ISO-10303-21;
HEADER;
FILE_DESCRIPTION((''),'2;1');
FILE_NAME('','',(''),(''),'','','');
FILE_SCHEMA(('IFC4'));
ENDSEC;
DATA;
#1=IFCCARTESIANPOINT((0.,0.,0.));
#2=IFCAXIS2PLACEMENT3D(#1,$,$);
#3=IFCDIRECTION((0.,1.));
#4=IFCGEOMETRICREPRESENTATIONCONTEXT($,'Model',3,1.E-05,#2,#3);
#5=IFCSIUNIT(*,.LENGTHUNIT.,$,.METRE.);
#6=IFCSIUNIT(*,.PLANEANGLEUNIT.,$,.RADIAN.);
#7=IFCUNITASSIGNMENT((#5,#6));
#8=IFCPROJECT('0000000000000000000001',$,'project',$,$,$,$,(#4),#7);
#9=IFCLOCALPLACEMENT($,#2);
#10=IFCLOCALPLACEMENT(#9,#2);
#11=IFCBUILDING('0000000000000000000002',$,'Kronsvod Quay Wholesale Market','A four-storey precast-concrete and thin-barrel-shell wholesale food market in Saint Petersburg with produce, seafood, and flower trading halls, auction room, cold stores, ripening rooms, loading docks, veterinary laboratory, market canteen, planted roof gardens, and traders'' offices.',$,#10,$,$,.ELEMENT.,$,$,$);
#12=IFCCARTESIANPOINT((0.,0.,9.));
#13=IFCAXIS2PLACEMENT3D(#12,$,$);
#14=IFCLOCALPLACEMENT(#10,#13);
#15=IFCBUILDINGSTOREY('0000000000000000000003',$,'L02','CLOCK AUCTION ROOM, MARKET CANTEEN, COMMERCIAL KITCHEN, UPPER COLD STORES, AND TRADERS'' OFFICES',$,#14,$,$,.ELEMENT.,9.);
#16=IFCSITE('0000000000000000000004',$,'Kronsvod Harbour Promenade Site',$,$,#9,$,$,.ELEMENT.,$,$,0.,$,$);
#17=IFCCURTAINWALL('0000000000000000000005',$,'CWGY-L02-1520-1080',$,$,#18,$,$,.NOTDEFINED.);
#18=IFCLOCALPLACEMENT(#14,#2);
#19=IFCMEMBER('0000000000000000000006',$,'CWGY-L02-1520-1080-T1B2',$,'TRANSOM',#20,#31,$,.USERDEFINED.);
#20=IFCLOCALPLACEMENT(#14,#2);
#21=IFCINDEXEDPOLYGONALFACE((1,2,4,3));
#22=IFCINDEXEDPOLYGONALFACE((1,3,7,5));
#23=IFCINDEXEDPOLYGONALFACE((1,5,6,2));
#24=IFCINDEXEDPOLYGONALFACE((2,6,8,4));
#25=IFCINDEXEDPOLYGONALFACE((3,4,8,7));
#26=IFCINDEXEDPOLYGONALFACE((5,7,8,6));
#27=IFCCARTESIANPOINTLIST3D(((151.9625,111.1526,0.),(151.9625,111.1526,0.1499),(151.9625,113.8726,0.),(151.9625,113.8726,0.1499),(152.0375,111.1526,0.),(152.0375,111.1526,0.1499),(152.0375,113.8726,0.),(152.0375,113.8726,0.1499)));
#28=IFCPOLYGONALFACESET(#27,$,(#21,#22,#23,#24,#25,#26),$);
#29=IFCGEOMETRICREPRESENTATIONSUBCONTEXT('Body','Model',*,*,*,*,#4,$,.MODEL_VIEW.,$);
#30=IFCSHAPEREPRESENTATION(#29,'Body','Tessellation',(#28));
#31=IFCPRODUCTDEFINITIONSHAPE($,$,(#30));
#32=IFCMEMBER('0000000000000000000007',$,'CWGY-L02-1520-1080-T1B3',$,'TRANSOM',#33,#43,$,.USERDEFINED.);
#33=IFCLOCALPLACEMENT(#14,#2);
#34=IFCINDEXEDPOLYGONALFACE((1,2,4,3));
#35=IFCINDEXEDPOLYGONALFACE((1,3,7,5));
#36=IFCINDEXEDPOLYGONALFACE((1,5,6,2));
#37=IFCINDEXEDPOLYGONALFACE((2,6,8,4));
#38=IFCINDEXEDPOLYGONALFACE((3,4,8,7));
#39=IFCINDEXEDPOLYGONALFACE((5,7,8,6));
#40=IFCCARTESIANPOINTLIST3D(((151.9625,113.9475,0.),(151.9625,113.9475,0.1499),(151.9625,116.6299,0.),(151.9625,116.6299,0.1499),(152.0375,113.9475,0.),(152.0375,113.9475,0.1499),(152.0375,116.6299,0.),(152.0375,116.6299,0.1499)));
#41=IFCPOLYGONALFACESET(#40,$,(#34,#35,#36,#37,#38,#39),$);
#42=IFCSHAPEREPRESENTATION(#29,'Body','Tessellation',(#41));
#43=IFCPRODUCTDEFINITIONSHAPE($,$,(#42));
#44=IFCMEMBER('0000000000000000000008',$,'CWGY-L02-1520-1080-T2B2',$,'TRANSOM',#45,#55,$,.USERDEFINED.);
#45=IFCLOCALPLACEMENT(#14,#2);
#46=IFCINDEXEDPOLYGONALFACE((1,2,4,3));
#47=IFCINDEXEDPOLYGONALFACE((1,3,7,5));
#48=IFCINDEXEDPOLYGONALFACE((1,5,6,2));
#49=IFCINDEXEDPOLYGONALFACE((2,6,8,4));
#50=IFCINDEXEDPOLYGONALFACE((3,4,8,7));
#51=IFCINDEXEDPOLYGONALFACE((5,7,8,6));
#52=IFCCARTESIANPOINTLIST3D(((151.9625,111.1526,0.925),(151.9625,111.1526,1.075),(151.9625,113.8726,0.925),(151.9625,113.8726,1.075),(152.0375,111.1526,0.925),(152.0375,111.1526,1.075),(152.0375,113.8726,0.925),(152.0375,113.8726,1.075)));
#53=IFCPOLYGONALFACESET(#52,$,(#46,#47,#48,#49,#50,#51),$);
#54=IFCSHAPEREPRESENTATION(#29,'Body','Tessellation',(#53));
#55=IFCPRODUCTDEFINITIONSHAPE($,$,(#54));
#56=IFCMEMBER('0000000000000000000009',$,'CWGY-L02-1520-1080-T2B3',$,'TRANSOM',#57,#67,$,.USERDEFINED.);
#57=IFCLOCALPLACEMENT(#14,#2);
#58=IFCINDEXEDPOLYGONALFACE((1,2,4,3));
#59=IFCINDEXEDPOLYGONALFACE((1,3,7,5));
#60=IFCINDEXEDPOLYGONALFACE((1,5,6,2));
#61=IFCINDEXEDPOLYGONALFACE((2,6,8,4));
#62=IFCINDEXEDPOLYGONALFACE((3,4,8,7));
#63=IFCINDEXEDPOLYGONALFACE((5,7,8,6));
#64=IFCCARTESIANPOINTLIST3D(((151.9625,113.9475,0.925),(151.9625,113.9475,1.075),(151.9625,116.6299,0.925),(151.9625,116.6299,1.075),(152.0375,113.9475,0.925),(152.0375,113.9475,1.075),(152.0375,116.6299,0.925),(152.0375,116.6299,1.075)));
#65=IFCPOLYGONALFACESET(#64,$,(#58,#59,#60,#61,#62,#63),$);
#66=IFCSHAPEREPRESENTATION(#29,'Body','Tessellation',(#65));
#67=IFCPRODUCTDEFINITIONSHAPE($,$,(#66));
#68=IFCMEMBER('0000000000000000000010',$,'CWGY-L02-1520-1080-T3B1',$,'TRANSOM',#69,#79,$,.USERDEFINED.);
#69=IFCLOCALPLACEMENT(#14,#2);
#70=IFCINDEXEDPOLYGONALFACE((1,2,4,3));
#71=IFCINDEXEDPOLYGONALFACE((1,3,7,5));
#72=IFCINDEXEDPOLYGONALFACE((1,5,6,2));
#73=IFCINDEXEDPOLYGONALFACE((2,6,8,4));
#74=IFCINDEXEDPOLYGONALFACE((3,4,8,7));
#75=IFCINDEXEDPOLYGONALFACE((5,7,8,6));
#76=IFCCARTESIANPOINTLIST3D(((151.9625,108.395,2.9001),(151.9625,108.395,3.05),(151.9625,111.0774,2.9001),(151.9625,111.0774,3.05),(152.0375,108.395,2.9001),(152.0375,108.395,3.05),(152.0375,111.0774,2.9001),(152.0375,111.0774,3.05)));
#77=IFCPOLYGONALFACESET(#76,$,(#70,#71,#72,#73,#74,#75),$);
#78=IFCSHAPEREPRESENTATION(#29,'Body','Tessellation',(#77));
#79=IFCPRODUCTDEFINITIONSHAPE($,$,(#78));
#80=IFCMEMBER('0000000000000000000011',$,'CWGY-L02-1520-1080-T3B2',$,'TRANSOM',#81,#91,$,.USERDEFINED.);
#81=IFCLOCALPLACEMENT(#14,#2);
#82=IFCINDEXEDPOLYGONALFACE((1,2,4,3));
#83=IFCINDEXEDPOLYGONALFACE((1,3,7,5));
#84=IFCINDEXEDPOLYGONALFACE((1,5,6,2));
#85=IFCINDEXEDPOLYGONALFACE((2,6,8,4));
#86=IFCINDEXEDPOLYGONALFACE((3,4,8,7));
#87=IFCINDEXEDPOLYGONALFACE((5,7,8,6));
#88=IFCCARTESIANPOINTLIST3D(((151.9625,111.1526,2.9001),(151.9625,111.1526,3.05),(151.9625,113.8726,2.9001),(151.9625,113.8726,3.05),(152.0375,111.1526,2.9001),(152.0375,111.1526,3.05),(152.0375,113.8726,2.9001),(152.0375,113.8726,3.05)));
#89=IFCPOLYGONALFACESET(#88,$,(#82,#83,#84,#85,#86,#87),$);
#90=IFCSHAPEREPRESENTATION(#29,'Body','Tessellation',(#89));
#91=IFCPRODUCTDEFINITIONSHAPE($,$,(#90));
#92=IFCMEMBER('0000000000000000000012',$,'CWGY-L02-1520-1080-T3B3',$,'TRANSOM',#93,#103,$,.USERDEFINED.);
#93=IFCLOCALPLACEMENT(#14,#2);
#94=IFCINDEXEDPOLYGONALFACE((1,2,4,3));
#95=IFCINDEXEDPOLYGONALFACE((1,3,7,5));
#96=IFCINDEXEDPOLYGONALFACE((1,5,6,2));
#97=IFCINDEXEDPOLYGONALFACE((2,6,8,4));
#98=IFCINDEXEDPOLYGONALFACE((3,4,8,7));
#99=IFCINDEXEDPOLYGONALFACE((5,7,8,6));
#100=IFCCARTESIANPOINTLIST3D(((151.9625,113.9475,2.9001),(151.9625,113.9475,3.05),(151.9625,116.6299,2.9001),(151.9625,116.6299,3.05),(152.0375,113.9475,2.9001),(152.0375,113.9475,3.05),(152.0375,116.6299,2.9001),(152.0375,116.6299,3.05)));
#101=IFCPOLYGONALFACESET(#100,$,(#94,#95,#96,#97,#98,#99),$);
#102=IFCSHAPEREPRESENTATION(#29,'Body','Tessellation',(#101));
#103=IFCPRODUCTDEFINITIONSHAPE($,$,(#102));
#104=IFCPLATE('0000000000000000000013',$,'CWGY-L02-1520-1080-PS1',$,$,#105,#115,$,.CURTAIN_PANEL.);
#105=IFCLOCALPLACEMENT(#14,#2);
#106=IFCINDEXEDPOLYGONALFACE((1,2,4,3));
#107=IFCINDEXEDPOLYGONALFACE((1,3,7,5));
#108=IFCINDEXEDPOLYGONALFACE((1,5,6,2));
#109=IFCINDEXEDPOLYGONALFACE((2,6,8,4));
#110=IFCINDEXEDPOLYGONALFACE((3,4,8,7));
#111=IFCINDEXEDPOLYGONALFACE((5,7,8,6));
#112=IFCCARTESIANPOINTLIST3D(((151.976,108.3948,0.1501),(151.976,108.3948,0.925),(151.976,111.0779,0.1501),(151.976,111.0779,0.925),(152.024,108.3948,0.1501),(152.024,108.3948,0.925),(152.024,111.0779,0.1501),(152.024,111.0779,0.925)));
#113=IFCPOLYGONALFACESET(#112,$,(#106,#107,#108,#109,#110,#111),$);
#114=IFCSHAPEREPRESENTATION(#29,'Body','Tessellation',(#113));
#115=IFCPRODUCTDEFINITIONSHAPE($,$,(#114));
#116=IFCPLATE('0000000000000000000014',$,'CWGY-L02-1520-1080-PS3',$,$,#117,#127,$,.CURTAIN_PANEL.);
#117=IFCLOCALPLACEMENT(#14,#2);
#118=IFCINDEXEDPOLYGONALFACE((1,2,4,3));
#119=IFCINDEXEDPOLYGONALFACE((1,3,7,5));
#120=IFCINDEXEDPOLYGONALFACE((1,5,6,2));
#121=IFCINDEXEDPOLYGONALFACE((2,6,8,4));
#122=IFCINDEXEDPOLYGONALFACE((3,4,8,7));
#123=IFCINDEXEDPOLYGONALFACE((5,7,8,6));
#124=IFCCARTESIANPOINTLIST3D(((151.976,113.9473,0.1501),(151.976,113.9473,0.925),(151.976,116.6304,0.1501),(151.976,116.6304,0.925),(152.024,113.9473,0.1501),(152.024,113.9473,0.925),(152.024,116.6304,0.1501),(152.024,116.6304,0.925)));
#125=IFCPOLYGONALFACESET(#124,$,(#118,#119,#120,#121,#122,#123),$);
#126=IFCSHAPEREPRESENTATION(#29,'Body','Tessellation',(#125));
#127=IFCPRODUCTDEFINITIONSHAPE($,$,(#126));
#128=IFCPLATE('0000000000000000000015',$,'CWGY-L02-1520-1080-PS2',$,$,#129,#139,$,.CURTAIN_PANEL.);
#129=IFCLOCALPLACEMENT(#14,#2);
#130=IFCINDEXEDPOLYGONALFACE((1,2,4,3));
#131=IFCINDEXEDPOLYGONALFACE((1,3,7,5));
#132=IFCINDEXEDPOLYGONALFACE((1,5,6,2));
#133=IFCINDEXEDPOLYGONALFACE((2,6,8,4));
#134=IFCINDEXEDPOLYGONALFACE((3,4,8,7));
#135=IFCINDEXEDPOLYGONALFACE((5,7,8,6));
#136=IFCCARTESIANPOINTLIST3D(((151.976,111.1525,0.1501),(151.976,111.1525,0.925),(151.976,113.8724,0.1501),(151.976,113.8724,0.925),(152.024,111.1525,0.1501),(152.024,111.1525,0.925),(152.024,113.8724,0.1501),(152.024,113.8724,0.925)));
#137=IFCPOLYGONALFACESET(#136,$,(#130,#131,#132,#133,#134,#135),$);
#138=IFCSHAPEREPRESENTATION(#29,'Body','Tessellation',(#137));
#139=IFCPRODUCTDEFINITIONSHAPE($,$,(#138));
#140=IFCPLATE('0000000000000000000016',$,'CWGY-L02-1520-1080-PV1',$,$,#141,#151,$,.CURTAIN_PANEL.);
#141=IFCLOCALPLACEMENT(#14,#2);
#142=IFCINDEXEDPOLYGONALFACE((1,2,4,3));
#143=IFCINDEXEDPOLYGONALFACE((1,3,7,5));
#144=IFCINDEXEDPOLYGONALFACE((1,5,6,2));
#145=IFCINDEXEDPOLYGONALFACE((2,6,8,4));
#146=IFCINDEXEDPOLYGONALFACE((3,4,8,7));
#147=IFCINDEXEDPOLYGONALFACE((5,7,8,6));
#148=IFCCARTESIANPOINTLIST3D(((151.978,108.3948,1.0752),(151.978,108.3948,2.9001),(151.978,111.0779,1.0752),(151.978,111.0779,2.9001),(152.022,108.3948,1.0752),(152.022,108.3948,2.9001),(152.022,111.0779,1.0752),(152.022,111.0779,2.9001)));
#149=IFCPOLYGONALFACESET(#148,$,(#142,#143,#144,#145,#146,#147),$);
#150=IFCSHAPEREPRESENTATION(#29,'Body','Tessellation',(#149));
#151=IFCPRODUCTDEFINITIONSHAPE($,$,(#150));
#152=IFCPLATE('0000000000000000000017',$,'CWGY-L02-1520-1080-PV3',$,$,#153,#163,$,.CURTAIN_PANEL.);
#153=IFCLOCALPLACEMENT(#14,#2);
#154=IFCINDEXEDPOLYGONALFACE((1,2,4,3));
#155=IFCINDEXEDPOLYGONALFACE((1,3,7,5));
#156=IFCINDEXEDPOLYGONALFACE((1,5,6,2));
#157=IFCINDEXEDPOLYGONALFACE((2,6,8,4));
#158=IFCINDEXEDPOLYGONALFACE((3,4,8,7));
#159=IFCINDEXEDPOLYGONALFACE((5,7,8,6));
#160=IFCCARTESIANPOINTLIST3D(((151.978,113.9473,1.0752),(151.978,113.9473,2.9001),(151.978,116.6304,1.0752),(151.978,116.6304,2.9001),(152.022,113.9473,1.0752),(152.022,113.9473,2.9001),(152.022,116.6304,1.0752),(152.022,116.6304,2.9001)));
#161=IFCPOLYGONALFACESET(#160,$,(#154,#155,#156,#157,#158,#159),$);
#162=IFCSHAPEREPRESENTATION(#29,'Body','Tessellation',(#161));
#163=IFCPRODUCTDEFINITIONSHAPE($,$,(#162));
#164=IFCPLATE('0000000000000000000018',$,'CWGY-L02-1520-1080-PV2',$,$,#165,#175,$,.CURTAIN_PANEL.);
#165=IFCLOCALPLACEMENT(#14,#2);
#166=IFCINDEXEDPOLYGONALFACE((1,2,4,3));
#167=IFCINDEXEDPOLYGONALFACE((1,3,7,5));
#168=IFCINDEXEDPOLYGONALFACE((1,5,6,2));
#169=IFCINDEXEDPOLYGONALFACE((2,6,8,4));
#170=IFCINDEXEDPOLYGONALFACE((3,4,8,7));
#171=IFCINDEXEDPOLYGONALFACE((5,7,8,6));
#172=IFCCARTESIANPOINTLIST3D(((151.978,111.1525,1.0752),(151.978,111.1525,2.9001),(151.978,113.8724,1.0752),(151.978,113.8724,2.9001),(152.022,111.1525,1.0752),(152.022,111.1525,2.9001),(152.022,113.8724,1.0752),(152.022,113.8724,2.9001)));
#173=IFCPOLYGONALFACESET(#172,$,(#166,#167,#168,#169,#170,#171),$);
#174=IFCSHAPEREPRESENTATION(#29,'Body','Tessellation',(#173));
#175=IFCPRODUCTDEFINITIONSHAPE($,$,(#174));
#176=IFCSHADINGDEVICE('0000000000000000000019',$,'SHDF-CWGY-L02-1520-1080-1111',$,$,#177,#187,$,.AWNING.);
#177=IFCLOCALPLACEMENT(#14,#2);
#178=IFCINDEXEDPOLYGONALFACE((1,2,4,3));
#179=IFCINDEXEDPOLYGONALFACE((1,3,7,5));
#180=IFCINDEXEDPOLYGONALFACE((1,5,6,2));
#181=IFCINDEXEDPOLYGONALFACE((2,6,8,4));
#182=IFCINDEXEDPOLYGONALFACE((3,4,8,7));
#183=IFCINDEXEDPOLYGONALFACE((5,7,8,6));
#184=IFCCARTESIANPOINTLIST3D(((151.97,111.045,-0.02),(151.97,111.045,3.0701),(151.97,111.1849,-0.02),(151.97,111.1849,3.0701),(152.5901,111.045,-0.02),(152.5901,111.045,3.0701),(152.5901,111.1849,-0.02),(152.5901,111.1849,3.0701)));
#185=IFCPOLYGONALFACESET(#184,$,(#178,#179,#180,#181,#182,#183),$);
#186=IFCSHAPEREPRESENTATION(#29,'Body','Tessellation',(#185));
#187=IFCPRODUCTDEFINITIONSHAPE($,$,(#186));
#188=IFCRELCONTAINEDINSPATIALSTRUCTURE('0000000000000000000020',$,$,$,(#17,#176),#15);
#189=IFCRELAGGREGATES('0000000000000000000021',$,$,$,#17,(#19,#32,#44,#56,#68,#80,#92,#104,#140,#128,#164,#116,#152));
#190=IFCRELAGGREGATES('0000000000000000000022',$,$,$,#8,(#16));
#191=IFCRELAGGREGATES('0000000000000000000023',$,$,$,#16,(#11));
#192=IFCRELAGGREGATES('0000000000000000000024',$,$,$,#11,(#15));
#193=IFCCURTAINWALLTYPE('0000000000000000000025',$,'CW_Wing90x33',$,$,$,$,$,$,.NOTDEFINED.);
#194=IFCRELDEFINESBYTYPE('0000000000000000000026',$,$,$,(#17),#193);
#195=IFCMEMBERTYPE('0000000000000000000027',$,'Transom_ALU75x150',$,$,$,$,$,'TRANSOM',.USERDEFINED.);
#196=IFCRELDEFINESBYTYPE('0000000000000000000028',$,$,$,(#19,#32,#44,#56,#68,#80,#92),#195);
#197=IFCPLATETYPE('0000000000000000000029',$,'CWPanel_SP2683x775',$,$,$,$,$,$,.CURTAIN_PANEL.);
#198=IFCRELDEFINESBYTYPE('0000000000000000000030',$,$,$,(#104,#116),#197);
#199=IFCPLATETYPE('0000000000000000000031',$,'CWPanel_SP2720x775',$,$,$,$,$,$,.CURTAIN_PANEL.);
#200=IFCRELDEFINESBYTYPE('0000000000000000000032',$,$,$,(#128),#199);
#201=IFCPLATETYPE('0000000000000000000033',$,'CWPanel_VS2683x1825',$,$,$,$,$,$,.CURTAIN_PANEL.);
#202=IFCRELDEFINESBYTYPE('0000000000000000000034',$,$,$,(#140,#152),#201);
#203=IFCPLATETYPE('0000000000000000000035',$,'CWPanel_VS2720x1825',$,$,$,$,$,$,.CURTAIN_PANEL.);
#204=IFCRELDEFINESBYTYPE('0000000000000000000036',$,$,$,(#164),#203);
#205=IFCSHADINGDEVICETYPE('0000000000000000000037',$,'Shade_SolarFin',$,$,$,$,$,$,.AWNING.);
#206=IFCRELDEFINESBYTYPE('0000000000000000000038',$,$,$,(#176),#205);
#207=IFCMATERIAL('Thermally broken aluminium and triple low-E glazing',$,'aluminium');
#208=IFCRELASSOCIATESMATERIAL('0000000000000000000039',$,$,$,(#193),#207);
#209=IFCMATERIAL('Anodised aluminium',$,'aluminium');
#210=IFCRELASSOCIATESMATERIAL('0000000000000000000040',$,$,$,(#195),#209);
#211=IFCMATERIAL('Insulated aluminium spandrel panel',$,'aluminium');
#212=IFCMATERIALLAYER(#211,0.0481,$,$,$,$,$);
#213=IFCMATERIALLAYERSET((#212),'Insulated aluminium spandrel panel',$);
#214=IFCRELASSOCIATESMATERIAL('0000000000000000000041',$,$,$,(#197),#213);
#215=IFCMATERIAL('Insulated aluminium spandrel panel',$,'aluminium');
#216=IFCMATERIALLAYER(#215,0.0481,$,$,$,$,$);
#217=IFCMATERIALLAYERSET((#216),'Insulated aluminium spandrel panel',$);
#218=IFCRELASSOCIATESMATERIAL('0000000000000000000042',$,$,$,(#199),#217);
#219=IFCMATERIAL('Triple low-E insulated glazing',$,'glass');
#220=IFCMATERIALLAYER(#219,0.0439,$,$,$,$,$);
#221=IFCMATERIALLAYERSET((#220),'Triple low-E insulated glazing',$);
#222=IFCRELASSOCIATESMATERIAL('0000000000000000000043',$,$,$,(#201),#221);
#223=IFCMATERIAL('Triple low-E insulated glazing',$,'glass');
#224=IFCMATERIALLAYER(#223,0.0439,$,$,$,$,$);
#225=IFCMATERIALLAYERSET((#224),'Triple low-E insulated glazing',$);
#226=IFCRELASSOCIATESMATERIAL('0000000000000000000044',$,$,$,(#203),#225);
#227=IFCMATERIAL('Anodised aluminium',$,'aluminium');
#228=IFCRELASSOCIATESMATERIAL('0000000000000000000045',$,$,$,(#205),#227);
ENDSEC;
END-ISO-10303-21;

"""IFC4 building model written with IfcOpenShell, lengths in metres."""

from ifc_helpers import new_model, si_unit, direction, frame, origin, origin_2d, place, context, subcontext, project, spatial, rectangle, extrude, material, layer, layer_set, material_profile, profile_set, type_object, element, aggregate, save


model = new_model("IFC4")

# Units and contexts
model_context = context("Model", 3, precision=1e-05, world=origin(), true_north=direction((0.0, 1.0)))
body_context = subcontext(model_context, "Body", "Model", "MODEL_VIEW")
ifc_project = project(units=[si_unit("LENGTHUNIT", "METRE"), si_unit("PLANEANGLEUNIT", "RADIAN")], contexts=[model_context])

# Site, building, storey
site_placement = place(None, origin())
site = spatial("IfcSite", under=ifc_project, at=site_placement, Name="Kronsvod Harbour Promenade Site", CompositionType="ELEMENT", RefElevation=0.0)
building_placement = place(site_placement, origin())
building = spatial("IfcBuilding", under=site, at=building_placement, Name="Kronsvod Quay Wholesale Market", Description="A four-storey precast-concrete and thin-barrel-shell wholesale food market in Saint Petersburg with produce, seafood, and flower trading halls, auction room, cold stores, ripening rooms, loading docks, veterinary laboratory, market canteen, planted roof gardens, and traders' offices.", CompositionType="ELEMENT")
storey_placement = place(building_placement, frame((0.0, 0.0, 9.0)))
storey = spatial("IfcBuildingStorey", under=building, at=storey_placement, Name="L02", Description="CLOCK AUCTION ROOM, MARKET CANTEEN, COMMERCIAL KITCHEN, UPPER COLD STORES, AND TRADERS' OFFICES", CompositionType="ELEMENT", Elevation=9.0)

# Curtain wall, members, plates
ifc_material_1 = material(Name="Thermally broken aluminium and triple low-E glazing", Category="aluminium")
curtain_wall_type = type_object("IfcCurtainWallType", Name="CW_Wing90x33", PredefinedType="NOTDEFINED", material=ifc_material_1)
curtain_wall_placement = place(storey_placement, origin())
curtain_wall = element("IfcCurtainWall", 1, at=curtain_wall_placement, inside=storey, type_object=curtain_wall_type, Name="CWGY-L02-1520-1080", PredefinedType="NOTDEFINED")
ifc_material_2 = material(Name="Anodised aluminium", Category="aluminium")
ifc_material_profile_1 = material_profile(ifc_material_2, rectangle(XDim=0.075, YDim=0.1499, at=origin_2d()), Name="ALUT75x150")
ifc_profile_set_1 = profile_set([ifc_material_profile_1], Name="Anodised aluminium")
member_type_1 = type_object("IfcMemberType", Name="Transom_ALU75x150", ElementType="TRANSOM", PredefinedType="USERDEFINED", material=ifc_profile_set_1)
member_1_placement = place(storey_placement, frame((152.0, 111.1526, 0.075), z_axis=(0.0, 1.0, 0.0), x_axis=(-1.0, 0.0, 0.0)))
member_1 = element("IfcMember", 2, at=member_1_placement, type_object=member_type_1, Name="CWGY-L02-1520-1080-T1B2", ObjectType="TRANSOM", PredefinedType="USERDEFINED", context=body_context, shape_type="SweptSolid", body=[
    extrude(rectangle(XDim=0.075, YDim=0.1499, at=origin_2d()), origin(), (0.0, 0.0, 1.0), 2.72),
])
member_2_placement = place(storey_placement, frame((152.0, 113.9475, 0.075), z_axis=(0.0, 1.0, 0.0), x_axis=(-1.0, 0.0, 0.0)))
member_2 = element("IfcMember", 3, at=member_2_placement, type_object=member_type_1, Name="CWGY-L02-1520-1080-T1B3", ObjectType="TRANSOM", PredefinedType="USERDEFINED", context=body_context, shape_type="SweptSolid", body=[
    extrude(rectangle(XDim=0.075, YDim=0.1499, at=origin_2d()), origin(), (0.0, 0.0, 1.0), 2.6824),
])
member_3_placement = place(storey_placement, frame((152.0, 111.1526, 1.0), z_axis=(0.0, 1.0, 0.0), x_axis=(-1.0, 0.0, 0.0)))
member_3 = element("IfcMember", 4, at=member_3_placement, type_object=member_type_1, Name="CWGY-L02-1520-1080-T2B2", ObjectType="TRANSOM", PredefinedType="USERDEFINED", context=body_context, shape_type="SweptSolid", body=[
    extrude(rectangle(XDim=0.075, YDim=0.1499, at=origin_2d()), origin(), (0.0, 0.0, 1.0), 2.72),
])
member_4_placement = place(storey_placement, frame((152.0, 113.9475, 1.0), z_axis=(0.0, 1.0, 0.0), x_axis=(-1.0, 0.0, 0.0)))
member_4 = element("IfcMember", 5, at=member_4_placement, type_object=member_type_1, Name="CWGY-L02-1520-1080-T2B3", ObjectType="TRANSOM", PredefinedType="USERDEFINED", context=body_context, shape_type="SweptSolid", body=[
    extrude(rectangle(XDim=0.075, YDim=0.1499, at=origin_2d()), origin(), (0.0, 0.0, 1.0), 2.6824),
])
member_5_placement = place(storey_placement, frame((152.0, 108.395, 2.9751), z_axis=(0.0, 1.0, 0.0), x_axis=(-1.0, 0.0, 0.0)))
member_5 = element("IfcMember", 6, at=member_5_placement, type_object=member_type_1, Name="CWGY-L02-1520-1080-T3B1", ObjectType="TRANSOM", PredefinedType="USERDEFINED", context=body_context, shape_type="SweptSolid", body=[
    extrude(rectangle(XDim=0.075, YDim=0.1499, at=origin_2d()), origin(), (0.0, 0.0, 1.0), 2.6824),
])
member_6_placement = place(storey_placement, frame((152.0, 111.1526, 2.9751), z_axis=(0.0, 1.0, 0.0), x_axis=(-1.0, 0.0, 0.0)))
member_6 = element("IfcMember", 7, at=member_6_placement, type_object=member_type_1, Name="CWGY-L02-1520-1080-T3B2", ObjectType="TRANSOM", PredefinedType="USERDEFINED", context=body_context, shape_type="SweptSolid", body=[
    extrude(rectangle(XDim=0.075, YDim=0.1499, at=origin_2d()), origin(), (0.0, 0.0, 1.0), 2.72),
])
member_7_placement = place(storey_placement, frame((152.0, 113.9475, 2.9751), z_axis=(0.0, 1.0, 0.0), x_axis=(-1.0, 0.0, 0.0)))
member_7 = element("IfcMember", 8, at=member_7_placement, type_object=member_type_1, Name="CWGY-L02-1520-1080-T3B3", ObjectType="TRANSOM", PredefinedType="USERDEFINED", context=body_context, shape_type="SweptSolid", body=[
    extrude(rectangle(XDim=0.075, YDim=0.1499, at=origin_2d()), origin(), (0.0, 0.0, 1.0), 2.6824),
])
ifc_material_3 = material(Name="Insulated aluminium spandrel panel", Category="aluminium")
ifc_layer_1 = layer(ifc_material_3, 0.0481)
ifc_layer_set_1 = layer_set([ifc_layer_1], Name="Insulated aluminium spandrel panel")
plate_type_1 = type_object("IfcPlateType", Name="CWPanel_SP2683x775", PredefinedType="CURTAIN_PANEL", material=ifc_layer_set_1)
plate_1_placement = place(storey_placement, frame((152.0, 109.7363, 0.1501), z_axis=(0.0, 0.0, 1.0), x_axis=(0.0, 1.0, 0.0)))
plate_1 = element("IfcPlate", 9, at=plate_1_placement, type_object=plate_type_1, Name="CWGY-L02-1520-1080-PS1", PredefinedType="CURTAIN_PANEL", context=body_context, shape_type="SweptSolid", body=[
    extrude(rectangle(XDim=2.6831, YDim=0.0481, at=origin_2d()), origin(), (0.0, 0.0, 1.0), 0.7749),
])
plate_2_placement = place(storey_placement, frame((152.0, 115.2888, 0.1501), z_axis=(0.0, 0.0, 1.0), x_axis=(0.0, 1.0, 0.0)))
plate_2 = element("IfcPlate", 10, at=plate_2_placement, type_object=plate_type_1, Name="CWGY-L02-1520-1080-PS3", PredefinedType="CURTAIN_PANEL", context=body_context, shape_type="SweptSolid", body=[
    extrude(rectangle(XDim=2.6831, YDim=0.0481, at=origin_2d()), origin(), (0.0, 0.0, 1.0), 0.7749),
])
ifc_material_4 = material(Name="Insulated aluminium spandrel panel", Category="aluminium")
ifc_layer_2 = layer(ifc_material_4, 0.0481)
ifc_layer_set_2 = layer_set([ifc_layer_2], Name="Insulated aluminium spandrel panel")
plate_type_2 = type_object("IfcPlateType", Name="CWPanel_SP2720x775", PredefinedType="CURTAIN_PANEL", material=ifc_layer_set_2)
plate_3_placement = place(storey_placement, frame((152.0, 112.5125, 0.1501), z_axis=(0.0, 0.0, 1.0), x_axis=(0.0, 1.0, 0.0)))
plate_3 = element("IfcPlate", 11, at=plate_3_placement, type_object=plate_type_2, Name="CWGY-L02-1520-1080-PS2", PredefinedType="CURTAIN_PANEL", context=body_context, shape_type="SweptSolid", body=[
    extrude(rectangle(XDim=2.72, YDim=0.0481, at=origin_2d()), origin(), (0.0, 0.0, 1.0), 0.7749),
])
ifc_material_5 = material(Name="Triple low-E insulated glazing", Category="glass")
ifc_layer_3 = layer(ifc_material_5, 0.0439)
ifc_layer_set_3 = layer_set([ifc_layer_3], Name="Triple low-E insulated glazing")
plate_type_3 = type_object("IfcPlateType", Name="CWPanel_VS2683x1825", PredefinedType="CURTAIN_PANEL", material=ifc_layer_set_3)
plate_4_placement = place(storey_placement, frame((152.0, 109.7363, 1.0752), z_axis=(0.0, 0.0, 1.0), x_axis=(0.0, 1.0, 0.0)))
plate_4 = element("IfcPlate", 12, at=plate_4_placement, type_object=plate_type_3, Name="CWGY-L02-1520-1080-PV1", PredefinedType="CURTAIN_PANEL", context=body_context, shape_type="SweptSolid", body=[
    extrude(rectangle(XDim=2.6831, YDim=0.0439, at=origin_2d()), origin(), (0.0, 0.0, 1.0), 1.825),
])
plate_5_placement = place(storey_placement, frame((152.0, 115.2888, 1.0752), z_axis=(0.0, 0.0, 1.0), x_axis=(0.0, 1.0, 0.0)))
plate_5 = element("IfcPlate", 13, at=plate_5_placement, type_object=plate_type_3, Name="CWGY-L02-1520-1080-PV3", PredefinedType="CURTAIN_PANEL", context=body_context, shape_type="SweptSolid", body=[
    extrude(rectangle(XDim=2.6831, YDim=0.0439, at=origin_2d()), origin(), (0.0, 0.0, 1.0), 1.825),
])
ifc_material_6 = material(Name="Triple low-E insulated glazing", Category="glass")
ifc_layer_4 = layer(ifc_material_6, 0.0439)
ifc_layer_set_4 = layer_set([ifc_layer_4], Name="Triple low-E insulated glazing")
plate_type_4 = type_object("IfcPlateType", Name="CWPanel_VS2720x1825", PredefinedType="CURTAIN_PANEL", material=ifc_layer_set_4)
plate_6_placement = place(storey_placement, frame((152.0, 112.5125, 1.0752), z_axis=(0.0, 0.0, 1.0), x_axis=(0.0, 1.0, 0.0)))
plate_6 = element("IfcPlate", 14, at=plate_6_placement, type_object=plate_type_4, Name="CWGY-L02-1520-1080-PV2", PredefinedType="CURTAIN_PANEL", context=body_context, shape_type="SweptSolid", body=[
    extrude(rectangle(XDim=2.72, YDim=0.0439, at=origin_2d()), origin(), (0.0, 0.0, 1.0), 1.825),
])
aggregate(curtain_wall, [member_1, member_2, member_3, member_4, member_5, member_6, member_7, plate_1, plate_4, plate_3, plate_6, plate_2, plate_5])

# Shading device
ifc_material_7 = material(Name="Anodised aluminium", Category="aluminium")
shading_device_type = type_object("IfcShadingDeviceType", Name="Shade_SolarFin", PredefinedType="AWNING", material=ifc_material_7)
for number, where, z_axis, x_axis, name in (
    (15, (152.28, 111.115, -0.02), (0.0, 0.0, 1.0), (1.0, 0.0, 0.0), "SHDF-CWGY-L02-1520-1080-1111"),
):
    element("IfcShadingDevice", number, at=place(storey_placement, frame(where, z_axis=z_axis, x_axis=x_axis)), inside=storey, type_object=shading_device_type, Name=name, PredefinedType="AWNING", context=body_context, shape_type="SweptSolid", body=[
        extrude(rectangle(XDim=0.6201, YDim=0.1399, at=origin_2d()), origin(), (0.0, 0.0, 1.0), 3.0901),
    ])

save(model, "model.ifc")
